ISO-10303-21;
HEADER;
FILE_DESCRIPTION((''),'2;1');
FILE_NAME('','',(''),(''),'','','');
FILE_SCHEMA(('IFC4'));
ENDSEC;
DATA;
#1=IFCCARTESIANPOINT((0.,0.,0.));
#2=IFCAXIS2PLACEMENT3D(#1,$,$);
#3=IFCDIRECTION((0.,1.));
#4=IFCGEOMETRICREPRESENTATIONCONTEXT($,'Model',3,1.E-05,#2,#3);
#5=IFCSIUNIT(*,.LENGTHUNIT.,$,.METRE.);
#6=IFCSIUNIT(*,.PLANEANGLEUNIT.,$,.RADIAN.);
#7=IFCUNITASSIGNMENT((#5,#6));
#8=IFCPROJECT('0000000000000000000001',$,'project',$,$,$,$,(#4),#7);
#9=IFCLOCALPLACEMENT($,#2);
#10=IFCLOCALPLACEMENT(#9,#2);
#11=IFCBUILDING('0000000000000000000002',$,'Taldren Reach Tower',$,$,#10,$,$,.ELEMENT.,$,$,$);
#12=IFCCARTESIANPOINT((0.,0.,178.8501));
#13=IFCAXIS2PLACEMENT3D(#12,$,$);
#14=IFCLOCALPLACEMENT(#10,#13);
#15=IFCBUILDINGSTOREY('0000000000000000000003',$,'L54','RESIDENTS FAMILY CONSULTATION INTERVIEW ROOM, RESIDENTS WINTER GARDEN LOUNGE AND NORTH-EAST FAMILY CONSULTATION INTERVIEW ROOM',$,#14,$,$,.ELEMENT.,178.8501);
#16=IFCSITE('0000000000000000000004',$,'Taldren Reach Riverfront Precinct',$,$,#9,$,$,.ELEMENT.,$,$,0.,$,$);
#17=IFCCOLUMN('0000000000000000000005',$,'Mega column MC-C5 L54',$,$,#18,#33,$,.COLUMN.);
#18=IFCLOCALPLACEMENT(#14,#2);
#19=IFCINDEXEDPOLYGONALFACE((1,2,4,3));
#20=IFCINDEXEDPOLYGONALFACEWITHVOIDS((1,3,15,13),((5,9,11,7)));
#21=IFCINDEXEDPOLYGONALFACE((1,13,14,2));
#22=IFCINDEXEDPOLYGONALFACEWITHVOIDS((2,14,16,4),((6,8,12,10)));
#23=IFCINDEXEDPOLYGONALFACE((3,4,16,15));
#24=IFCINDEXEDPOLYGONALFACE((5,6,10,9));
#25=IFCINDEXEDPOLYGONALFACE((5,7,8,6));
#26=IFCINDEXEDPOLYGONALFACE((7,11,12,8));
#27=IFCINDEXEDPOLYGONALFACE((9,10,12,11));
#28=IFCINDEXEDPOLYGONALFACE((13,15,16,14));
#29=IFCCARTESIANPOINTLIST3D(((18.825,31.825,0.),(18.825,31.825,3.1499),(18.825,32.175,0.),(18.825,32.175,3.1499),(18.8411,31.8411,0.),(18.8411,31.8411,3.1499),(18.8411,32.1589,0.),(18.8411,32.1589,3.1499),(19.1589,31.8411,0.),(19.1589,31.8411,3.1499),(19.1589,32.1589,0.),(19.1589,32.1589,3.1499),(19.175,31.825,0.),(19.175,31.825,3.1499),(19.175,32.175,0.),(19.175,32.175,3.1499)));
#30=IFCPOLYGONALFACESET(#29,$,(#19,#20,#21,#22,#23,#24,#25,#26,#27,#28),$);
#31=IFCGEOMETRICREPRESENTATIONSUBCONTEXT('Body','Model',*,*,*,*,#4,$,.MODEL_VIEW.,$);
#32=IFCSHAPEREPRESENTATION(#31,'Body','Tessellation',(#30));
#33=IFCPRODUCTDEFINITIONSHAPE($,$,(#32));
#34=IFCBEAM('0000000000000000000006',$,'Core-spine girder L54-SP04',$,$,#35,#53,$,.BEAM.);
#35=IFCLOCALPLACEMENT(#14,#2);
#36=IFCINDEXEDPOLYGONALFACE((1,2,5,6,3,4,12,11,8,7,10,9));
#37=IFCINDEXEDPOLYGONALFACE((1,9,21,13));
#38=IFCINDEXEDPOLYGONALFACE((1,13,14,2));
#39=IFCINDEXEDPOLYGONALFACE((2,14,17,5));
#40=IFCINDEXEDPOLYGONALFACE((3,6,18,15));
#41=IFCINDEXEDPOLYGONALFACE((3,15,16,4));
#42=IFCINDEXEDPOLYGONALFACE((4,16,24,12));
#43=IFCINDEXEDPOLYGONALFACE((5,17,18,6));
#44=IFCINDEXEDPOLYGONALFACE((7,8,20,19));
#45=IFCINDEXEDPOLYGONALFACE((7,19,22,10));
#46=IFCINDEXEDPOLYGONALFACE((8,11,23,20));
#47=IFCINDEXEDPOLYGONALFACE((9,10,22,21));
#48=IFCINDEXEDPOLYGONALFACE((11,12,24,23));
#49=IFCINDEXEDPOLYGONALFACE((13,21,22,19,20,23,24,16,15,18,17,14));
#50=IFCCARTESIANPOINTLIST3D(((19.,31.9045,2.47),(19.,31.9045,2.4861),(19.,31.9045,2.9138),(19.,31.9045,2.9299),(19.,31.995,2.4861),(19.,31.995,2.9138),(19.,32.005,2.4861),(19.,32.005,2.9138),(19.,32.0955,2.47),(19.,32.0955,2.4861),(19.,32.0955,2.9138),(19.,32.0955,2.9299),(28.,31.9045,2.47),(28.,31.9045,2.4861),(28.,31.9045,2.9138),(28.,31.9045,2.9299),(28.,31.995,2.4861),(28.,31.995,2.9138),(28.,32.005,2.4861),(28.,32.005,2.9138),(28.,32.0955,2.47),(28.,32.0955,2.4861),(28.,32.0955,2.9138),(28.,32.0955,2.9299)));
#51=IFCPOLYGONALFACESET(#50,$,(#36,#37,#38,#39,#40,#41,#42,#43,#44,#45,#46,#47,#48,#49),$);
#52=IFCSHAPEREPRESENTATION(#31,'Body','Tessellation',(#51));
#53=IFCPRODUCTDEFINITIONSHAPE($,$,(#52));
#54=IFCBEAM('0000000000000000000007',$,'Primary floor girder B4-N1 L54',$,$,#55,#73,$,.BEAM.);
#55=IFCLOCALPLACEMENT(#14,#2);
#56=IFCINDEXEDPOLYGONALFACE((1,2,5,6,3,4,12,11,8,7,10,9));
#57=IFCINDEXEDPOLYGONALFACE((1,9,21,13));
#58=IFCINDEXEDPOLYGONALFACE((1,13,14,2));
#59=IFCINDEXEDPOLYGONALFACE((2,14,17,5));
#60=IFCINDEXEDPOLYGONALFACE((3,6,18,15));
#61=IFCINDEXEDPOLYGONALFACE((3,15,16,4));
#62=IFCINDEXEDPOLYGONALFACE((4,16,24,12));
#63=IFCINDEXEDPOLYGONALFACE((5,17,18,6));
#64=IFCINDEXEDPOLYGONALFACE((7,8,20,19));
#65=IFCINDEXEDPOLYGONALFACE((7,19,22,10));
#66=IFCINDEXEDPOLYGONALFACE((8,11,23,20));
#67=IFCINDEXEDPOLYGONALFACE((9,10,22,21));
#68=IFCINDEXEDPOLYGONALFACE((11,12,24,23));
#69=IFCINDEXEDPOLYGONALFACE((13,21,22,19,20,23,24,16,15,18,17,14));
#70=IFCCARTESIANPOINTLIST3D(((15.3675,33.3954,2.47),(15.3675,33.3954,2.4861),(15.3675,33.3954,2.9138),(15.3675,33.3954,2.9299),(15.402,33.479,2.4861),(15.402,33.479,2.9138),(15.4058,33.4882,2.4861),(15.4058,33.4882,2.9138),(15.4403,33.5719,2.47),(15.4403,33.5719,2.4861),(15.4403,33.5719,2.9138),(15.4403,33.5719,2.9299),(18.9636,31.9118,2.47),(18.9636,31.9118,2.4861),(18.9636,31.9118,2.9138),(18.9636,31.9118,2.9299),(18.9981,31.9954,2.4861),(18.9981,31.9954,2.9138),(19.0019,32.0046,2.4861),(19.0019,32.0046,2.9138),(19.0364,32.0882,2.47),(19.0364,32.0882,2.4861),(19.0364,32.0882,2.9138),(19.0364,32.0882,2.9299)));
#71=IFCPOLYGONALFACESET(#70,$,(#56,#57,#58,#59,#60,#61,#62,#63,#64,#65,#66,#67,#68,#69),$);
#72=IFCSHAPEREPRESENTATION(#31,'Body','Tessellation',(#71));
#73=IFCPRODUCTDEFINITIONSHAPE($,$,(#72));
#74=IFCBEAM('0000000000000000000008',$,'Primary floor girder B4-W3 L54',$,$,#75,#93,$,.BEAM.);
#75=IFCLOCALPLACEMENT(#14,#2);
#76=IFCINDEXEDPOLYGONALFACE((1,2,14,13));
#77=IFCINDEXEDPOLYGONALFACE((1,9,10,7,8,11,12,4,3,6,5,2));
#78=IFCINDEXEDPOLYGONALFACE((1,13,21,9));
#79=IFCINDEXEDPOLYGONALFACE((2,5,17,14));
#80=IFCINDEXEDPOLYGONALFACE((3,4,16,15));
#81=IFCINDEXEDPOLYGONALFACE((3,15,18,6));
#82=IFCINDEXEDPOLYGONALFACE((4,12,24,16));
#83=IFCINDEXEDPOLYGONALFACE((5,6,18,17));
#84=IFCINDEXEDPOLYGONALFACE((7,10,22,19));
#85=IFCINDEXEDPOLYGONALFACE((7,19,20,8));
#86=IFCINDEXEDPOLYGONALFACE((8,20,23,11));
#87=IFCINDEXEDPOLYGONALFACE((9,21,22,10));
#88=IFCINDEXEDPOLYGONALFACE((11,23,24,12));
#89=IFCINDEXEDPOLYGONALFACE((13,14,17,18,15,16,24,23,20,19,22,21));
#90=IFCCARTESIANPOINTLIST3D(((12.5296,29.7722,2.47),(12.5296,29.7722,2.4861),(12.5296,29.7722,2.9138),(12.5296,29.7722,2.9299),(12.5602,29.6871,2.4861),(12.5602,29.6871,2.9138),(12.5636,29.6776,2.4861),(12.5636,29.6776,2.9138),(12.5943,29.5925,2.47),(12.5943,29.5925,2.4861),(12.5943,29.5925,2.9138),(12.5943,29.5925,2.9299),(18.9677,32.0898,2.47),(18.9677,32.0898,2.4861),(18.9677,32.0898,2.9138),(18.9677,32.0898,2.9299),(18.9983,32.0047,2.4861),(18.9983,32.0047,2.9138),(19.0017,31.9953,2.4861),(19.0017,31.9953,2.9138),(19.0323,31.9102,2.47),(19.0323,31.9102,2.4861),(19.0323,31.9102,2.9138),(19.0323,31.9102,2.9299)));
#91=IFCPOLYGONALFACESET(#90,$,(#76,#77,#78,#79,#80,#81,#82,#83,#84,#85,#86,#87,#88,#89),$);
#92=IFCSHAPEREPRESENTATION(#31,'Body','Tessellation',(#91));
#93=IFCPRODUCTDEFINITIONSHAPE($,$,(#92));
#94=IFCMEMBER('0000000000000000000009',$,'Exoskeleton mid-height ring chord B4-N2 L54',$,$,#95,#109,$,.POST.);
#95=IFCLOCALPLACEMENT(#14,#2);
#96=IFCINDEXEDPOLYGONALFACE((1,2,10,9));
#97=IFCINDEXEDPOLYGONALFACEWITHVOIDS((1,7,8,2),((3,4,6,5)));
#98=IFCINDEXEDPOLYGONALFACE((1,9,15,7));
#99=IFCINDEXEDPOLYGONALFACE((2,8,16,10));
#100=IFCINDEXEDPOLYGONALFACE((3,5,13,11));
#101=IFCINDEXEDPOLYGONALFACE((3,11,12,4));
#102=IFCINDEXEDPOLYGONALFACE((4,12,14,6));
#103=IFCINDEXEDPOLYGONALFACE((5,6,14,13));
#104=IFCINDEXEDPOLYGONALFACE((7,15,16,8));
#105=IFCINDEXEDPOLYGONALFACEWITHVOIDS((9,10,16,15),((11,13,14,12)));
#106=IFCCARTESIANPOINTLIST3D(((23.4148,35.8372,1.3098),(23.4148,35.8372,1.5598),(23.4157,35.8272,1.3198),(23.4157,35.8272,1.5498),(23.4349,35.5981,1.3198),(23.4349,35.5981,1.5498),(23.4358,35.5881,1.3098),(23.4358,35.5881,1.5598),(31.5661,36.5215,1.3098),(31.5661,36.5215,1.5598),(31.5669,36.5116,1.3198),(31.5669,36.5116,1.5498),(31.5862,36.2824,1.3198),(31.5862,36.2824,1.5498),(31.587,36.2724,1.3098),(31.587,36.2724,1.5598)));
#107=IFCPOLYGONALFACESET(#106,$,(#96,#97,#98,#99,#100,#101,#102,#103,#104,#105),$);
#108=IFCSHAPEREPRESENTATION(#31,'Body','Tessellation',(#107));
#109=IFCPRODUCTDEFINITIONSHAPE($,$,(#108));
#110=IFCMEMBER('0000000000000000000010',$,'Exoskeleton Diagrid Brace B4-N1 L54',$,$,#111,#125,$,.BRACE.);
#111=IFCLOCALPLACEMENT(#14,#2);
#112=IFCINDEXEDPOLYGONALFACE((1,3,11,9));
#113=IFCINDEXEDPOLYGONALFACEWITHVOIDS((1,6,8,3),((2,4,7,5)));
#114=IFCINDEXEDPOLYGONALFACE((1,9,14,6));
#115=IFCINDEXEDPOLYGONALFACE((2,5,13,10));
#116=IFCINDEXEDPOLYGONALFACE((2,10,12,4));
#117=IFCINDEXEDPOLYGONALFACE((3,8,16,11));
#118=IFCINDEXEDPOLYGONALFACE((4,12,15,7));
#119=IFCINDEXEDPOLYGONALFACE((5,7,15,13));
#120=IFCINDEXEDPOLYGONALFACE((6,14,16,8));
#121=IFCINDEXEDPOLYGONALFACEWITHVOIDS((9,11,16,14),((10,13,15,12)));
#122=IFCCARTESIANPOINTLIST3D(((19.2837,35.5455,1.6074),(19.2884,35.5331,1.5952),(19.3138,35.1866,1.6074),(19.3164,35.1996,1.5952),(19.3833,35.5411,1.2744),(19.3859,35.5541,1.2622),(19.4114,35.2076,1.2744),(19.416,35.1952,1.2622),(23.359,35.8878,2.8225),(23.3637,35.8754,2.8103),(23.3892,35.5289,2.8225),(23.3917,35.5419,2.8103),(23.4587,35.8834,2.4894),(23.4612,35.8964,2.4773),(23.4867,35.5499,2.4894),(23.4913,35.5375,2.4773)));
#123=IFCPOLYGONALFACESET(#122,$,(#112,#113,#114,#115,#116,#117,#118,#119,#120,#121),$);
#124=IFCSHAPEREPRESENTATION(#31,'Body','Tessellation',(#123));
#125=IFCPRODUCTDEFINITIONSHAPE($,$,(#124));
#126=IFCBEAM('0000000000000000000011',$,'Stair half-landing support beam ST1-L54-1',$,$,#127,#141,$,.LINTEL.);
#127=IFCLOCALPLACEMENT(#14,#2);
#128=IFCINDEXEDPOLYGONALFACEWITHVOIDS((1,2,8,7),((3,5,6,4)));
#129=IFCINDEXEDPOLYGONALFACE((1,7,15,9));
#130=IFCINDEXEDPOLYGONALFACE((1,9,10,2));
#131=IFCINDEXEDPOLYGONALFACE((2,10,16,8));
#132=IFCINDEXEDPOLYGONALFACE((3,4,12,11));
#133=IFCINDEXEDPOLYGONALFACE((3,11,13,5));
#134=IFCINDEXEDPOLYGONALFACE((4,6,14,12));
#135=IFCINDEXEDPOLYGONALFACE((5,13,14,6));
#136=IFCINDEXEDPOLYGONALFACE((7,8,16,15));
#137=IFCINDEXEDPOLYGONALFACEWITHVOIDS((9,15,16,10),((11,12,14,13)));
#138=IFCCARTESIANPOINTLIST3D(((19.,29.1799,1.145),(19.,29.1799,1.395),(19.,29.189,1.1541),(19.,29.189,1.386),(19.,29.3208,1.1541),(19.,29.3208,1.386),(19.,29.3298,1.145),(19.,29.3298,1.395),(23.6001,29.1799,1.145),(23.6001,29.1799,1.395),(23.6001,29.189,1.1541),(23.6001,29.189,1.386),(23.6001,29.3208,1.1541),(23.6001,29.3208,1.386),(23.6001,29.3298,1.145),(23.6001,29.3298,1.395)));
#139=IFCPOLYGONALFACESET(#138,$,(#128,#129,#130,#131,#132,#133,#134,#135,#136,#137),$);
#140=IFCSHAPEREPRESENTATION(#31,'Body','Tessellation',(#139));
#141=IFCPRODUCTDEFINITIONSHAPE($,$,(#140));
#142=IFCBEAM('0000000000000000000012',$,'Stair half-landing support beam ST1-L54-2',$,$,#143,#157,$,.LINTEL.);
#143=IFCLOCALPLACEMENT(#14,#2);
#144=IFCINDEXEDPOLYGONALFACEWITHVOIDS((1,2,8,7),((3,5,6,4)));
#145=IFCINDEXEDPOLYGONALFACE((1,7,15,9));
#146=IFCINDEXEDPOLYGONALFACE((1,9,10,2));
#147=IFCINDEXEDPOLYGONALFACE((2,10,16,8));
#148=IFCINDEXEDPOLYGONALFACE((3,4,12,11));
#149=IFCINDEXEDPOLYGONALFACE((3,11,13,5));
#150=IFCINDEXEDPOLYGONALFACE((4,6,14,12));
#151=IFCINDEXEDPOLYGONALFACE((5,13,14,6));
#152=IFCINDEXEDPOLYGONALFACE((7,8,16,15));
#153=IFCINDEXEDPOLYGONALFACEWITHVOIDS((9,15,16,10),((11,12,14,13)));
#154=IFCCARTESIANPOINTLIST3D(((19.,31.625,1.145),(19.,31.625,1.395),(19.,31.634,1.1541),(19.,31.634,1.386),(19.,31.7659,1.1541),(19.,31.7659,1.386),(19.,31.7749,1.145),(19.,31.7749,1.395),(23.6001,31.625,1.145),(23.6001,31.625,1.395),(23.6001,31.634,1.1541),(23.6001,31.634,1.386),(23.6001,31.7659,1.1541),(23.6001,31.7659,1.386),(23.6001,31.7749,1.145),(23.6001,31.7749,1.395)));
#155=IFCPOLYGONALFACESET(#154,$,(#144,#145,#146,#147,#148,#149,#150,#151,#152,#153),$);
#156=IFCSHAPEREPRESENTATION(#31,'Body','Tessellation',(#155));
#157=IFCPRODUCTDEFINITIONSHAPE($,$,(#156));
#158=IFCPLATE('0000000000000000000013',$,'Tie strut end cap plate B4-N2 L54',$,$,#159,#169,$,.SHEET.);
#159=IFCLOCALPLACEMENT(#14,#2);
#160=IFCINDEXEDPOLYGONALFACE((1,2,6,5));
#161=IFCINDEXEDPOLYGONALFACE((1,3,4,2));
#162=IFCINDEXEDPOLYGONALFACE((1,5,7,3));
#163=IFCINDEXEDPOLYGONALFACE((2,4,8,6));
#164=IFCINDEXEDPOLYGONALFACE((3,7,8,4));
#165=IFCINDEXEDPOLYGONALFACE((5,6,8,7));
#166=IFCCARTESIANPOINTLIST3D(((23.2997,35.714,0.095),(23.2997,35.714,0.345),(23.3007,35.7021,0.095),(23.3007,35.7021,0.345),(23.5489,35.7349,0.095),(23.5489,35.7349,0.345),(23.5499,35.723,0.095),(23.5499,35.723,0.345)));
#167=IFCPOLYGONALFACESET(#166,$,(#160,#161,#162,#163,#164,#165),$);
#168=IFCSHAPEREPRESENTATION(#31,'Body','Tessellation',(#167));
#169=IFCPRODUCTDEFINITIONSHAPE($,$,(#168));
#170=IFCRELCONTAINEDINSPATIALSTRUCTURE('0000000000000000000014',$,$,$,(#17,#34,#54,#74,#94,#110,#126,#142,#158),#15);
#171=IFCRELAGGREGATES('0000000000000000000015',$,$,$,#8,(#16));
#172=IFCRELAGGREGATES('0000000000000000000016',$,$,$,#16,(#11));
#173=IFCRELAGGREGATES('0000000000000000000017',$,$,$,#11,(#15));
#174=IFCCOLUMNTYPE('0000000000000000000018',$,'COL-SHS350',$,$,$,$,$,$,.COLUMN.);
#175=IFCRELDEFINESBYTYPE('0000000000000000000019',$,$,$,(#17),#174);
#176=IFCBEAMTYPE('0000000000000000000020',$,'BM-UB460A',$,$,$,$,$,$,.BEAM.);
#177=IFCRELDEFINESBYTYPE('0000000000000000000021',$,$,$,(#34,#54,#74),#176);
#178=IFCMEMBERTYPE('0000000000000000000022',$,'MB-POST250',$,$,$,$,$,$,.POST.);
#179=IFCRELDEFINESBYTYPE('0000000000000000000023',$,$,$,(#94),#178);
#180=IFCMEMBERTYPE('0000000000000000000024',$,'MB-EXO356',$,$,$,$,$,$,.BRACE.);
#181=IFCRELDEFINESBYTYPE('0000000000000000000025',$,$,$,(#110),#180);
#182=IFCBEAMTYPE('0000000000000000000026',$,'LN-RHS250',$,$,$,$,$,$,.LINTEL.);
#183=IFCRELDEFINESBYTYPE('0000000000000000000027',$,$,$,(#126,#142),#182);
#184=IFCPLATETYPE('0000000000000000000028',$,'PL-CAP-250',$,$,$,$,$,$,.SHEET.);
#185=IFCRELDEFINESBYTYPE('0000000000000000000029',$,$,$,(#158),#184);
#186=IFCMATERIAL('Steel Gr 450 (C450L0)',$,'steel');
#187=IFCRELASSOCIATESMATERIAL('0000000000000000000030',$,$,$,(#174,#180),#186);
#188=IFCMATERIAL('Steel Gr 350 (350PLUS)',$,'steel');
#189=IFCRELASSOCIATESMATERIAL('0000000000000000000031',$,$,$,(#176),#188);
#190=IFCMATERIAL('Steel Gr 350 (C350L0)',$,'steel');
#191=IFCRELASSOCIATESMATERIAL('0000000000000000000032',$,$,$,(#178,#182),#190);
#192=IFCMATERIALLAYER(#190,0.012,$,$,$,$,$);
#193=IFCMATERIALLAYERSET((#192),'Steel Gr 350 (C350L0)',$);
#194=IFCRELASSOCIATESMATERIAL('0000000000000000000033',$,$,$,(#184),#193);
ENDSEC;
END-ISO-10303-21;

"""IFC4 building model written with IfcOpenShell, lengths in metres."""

from ifc_helpers import new_model, si_unit, direction, frame, origin, origin_2d, place, context, subcontext, project, spatial, rectangle, hollow_rectangle, i_section, extrude, source, transform, mapped, material, layer, layer_set, material_profile, profile_set, type_object, element, save


model = new_model("IFC4")

# Units and contexts
model_context = context("Model", 3, precision=1e-05, world=origin(), true_north=direction((0.0, 1.0)))
body_context = subcontext(model_context, "Body", "Model", "MODEL_VIEW")
ifc_project = project(units=[si_unit("LENGTHUNIT", "METRE"), si_unit("PLANEANGLEUNIT", "RADIAN")], contexts=[model_context])

# Site, building, storey
site_placement = place(None, origin())
site = spatial("IfcSite", under=ifc_project, at=site_placement, Name="Taldren Reach Riverfront Precinct", CompositionType="ELEMENT", RefElevation=0.0)
building_placement = place(site_placement, origin())
building = spatial("IfcBuilding", under=site, at=building_placement, Name="Taldren Reach Tower", CompositionType="ELEMENT")
storey_placement = place(building_placement, frame((0.0, 0.0, 178.8501)))
storey = spatial("IfcBuildingStorey", under=building, at=storey_placement, Name="L54", Description="RESIDENTS FAMILY CONSULTATION INTERVIEW ROOM, RESIDENTS WINTER GARDEN LOUNGE AND NORTH-EAST FAMILY CONSULTATION INTERVIEW ROOM", CompositionType="ELEMENT", Elevation=178.8501)

# Column
ifc_material_1 = material(Name="Steel Gr 450 (C450L0)", Category="steel")
ifc_material_profile_1 = material_profile(ifc_material_1, hollow_rectangle(XDim=0.3501, YDim=0.3501, WallThickness=0.0161, at=origin_2d()), Name="350x350x16.0SHS")
ifc_profile_set_1 = profile_set([ifc_material_profile_1], Name="Steel Gr 450 (C450L0)")
column_type = type_object("IfcColumnType", Name="COL-SHS350", PredefinedType="COLUMN", material=ifc_profile_set_1)
shared_shape_1 = source(origin(), body_context, "Body", "SweptSolid", [
    extrude(hollow_rectangle(XDim=0.3501, YDim=0.3501, WallThickness=0.0161, at=origin_2d()), origin(), (0.0, 0.0, 1.0), 3.1499),
])
column_placement = place(storey_placement, frame((19.0, 32.0, 0.0), z_axis=(0.0, 0.0, 1.0), x_axis=(1.0, 0.0, 0.0)))
element("IfcColumn", 1, at=column_placement, inside=storey, type_object=column_type, Name="Mega column MC-C5 L54", PredefinedType="COLUMN", context=body_context, shape_type="MappedRepresentation", body=[
    mapped(shared_shape_1, transform((0.0, 0.0, 0.0), scale=1.0)),
])

# Beams
ifc_material_2 = material(Name="Steel Gr 350 (350PLUS)", Category="steel")
ifc_material_profile_2 = material_profile(ifc_material_2, i_section(OverallWidth=0.1909, OverallDepth=0.46, WebThickness=0.01, FlangeThickness=0.0161, at=origin_2d()), Name="460UB82.1")
ifc_profile_set_2 = profile_set([ifc_material_profile_2], Name="Steel Gr 350 (350PLUS)")
beam_type_1 = type_object("IfcBeamType", Name="BM-UB460A", PredefinedType="BEAM", material=ifc_profile_set_2)
shared_shape_2 = source(origin(), body_context, "Body", "SweptSolid", [
    extrude(i_section(OverallWidth=0.1909, OverallDepth=0.46, WebThickness=0.01, FlangeThickness=0.0161, at=origin_2d()), origin(), (0.0, 0.0, 1.0), 9.0),
])
beam_1_placement = place(storey_placement, frame((19.0, 32.0, 2.7), z_axis=(1.0, 0.0, 0.0), x_axis=(0.0, 1.0, 0.0)))
element("IfcBeam", 2, at=beam_1_placement, inside=storey, type_object=beam_type_1, Name="Core-spine girder L54-SP04", PredefinedType="BEAM", context=body_context, shape_type="MappedRepresentation", body=[
    mapped(shared_shape_2, transform((0.0, 0.0, 0.0), scale=1.0)),
])
shared_shape_3 = source(origin(), body_context, "Body", "SweptSolid", [
    extrude(i_section(OverallWidth=0.1909, OverallDepth=0.46, WebThickness=0.01, FlangeThickness=0.0161, at=origin_2d()), origin(), (0.0, 0.0, 1.0), 3.8901),
])
beam_2_placement = place(storey_placement, frame((19.0, 32.0, 2.7), z_axis=(-0.924419, 0.381378, 0.0), x_axis=(-0.381378, -0.924419, 0.0)))
element("IfcBeam", 3, at=beam_2_placement, inside=storey, type_object=beam_type_1, Name="Primary floor girder B4-N1 L54", PredefinedType="BEAM", context=body_context, shape_type="MappedRepresentation", body=[
    mapped(shared_shape_3, transform((0.0, 0.0, 0.0), scale=1.0)),
])
shared_shape_4 = source(origin(), body_context, "Body", "SweptSolid", [
    extrude(i_section(OverallWidth=0.1909, OverallDepth=0.46, WebThickness=0.01, FlangeThickness=0.0161, at=origin_2d()), origin(), (0.0, 0.0, 1.0), 6.8425),
])
beam_3_placement = place(storey_placement, frame((19.0, 32.0, 2.7), z_axis=(-0.94089, -0.338713, 0.0), x_axis=(0.338713, -0.94089, 0.0)))
element("IfcBeam", 4, at=beam_3_placement, inside=storey, type_object=beam_type_1, Name="Primary floor girder B4-W3 L54", PredefinedType="BEAM", context=body_context, shape_type="MappedRepresentation", body=[
    mapped(shared_shape_4, transform((0.0, 0.0, 0.0), scale=1.0)),
])

# Members
ifc_material_3 = material(Name="Steel Gr 350 (C350L0)", Category="steel")
ifc_material_profile_3 = material_profile(ifc_material_3, hollow_rectangle(XDim=0.25, YDim=0.25, WallThickness=0.01, at=origin_2d()), Name="250x250x10.0SHS")
ifc_profile_set_3 = profile_set([ifc_material_profile_3], Name="Steel Gr 350 (C350L0)")
member_type_1 = type_object("IfcMemberType", Name="MB-POST250", PredefinedType="POST", material=ifc_profile_set_3)
shared_shape_5 = source(origin(), body_context, "Body", "SweptSolid", [
    extrude(hollow_rectangle(XDim=0.25, YDim=0.25, WallThickness=0.01, at=origin_2d()), origin(), (0.0, 0.0, 1.0), 8.1799),
])
member_1_placement = place(storey_placement, frame((23.4253, 35.7126, 1.4348), z_axis=(0.996495, 0.083658, 0.0), x_axis=(-0.083658, 0.996495, 0.0)))
element("IfcMember", 5, at=member_1_placement, inside=storey, type_object=member_type_1, Name="Exoskeleton mid-height ring chord B4-N2 L54", PredefinedType="POST", context=body_context, shape_type="MappedRepresentation", body=[
    mapped(shared_shape_5, transform((0.0, 0.0, 0.0), scale=1.0)),
])
ifc_material_profile_4 = material_profile(ifc_material_1, hollow_rectangle(XDim=0.3601, YDim=0.3601, WallThickness=0.0127, at=origin_2d()), Name="360x360x12.7SHS")
ifc_profile_set_4 = profile_set([ifc_material_profile_4], Name="Steel Gr 450 (C450L0)")
member_type_2 = type_object("IfcMemberType", Name="MB-EXO356", PredefinedType="BRACE", material=ifc_profile_set_4)
shared_shape_6 = source(origin(), body_context, "Body", "SweptSolid", [
    extrude(hollow_rectangle(XDim=0.3601, YDim=0.3601, WallThickness=0.0127, at=origin_2d()), origin(), (0.0, 0.0, 1.0), 4.2664),
])
member_2_placement = place(storey_placement, frame((19.3499, 35.3704, 1.4348), z_axis=(0.955224, 0.080227, 0.284799), x_axis=(-0.083693, 0.996492, 0.0)))
element("IfcMember", 6, at=member_2_placement, inside=storey, type_object=member_type_2, Name="Exoskeleton Diagrid Brace B4-N1 L54", PredefinedType="BRACE", context=body_context, shape_type="MappedRepresentation", body=[
    mapped(shared_shape_6, transform((0.0, 0.0, 0.0), scale=1.0)),
])

# Beams
ifc_material_profile_5 = material_profile(ifc_material_3, hollow_rectangle(XDim=0.1499, YDim=0.25, WallThickness=0.009, at=origin_2d()), Name="250x150x9.0RHS")
ifc_profile_set_5 = profile_set([ifc_material_profile_5], Name="Steel Gr 350 (C350L0)")
beam_type_2 = type_object("IfcBeamType", Name="LN-RHS250", PredefinedType="LINTEL", material=ifc_profile_set_5)
shared_shape_7 = source(origin(), body_context, "Body", "SweptSolid", [
    extrude(hollow_rectangle(XDim=0.1499, YDim=0.25, WallThickness=0.009, at=origin_2d()), origin(), (0.0, 0.0, 1.0), 4.6001),
])
for number, where, z_axis, x_axis, name in (
    (7, (19.0, 29.2549, 1.27), (1.0, 0.0, 0.0), (0.0, 1.0, 0.0), "Stair half-landing support beam ST1-L54-1"),
    (8, (19.0, 31.7, 1.27), (1.0, 0.0, 0.0), (0.0, 1.0, 0.0), "Stair half-landing support beam ST1-L54-2"),
):
    element("IfcBeam", number, at=place(storey_placement, frame(where, z_axis=z_axis, x_axis=x_axis)), inside=storey, type_object=beam_type_2, Name=name, PredefinedType="LINTEL", context=body_context, shape_type="MappedRepresentation", body=[
        mapped(shared_shape_7, transform((0.0, 0.0, 0.0), scale=1.0)),
    ])

# Plate
ifc_layer_1 = layer(ifc_material_3, 0.012)
ifc_layer_set_1 = layer_set([ifc_layer_1], Name="Steel Gr 350 (C350L0)")
plate_type_1 = type_object("IfcPlateType", Name="PL-CAP-250", PredefinedType="SHEET", material=ifc_layer_set_1)
shared_shape_8 = source(origin(), body_context, "Body", "SweptSolid", [
    extrude(rectangle(XDim=0.25, YDim=0.012, at=origin_2d()), origin(), (0.0, 0.0, 1.0), 0.25),
])
plate_1_placement = place(storey_placement, frame((23.4248, 35.7185, 0.095), z_axis=(0.0, 0.0, 1.0), x_axis=(0.996493, 0.083678, 0.0)))
element("IfcPlate", 9, at=plate_1_placement, inside=storey, type_object=plate_type_1, Name="Tie strut end cap plate B4-N2 L54", PredefinedType="SHEET", context=body_context, shape_type="MappedRepresentation", body=[
    mapped(shared_shape_8, transform((0.0, 0.0, 0.0), scale=1.0)),
])

save(model, "model.ifc")
